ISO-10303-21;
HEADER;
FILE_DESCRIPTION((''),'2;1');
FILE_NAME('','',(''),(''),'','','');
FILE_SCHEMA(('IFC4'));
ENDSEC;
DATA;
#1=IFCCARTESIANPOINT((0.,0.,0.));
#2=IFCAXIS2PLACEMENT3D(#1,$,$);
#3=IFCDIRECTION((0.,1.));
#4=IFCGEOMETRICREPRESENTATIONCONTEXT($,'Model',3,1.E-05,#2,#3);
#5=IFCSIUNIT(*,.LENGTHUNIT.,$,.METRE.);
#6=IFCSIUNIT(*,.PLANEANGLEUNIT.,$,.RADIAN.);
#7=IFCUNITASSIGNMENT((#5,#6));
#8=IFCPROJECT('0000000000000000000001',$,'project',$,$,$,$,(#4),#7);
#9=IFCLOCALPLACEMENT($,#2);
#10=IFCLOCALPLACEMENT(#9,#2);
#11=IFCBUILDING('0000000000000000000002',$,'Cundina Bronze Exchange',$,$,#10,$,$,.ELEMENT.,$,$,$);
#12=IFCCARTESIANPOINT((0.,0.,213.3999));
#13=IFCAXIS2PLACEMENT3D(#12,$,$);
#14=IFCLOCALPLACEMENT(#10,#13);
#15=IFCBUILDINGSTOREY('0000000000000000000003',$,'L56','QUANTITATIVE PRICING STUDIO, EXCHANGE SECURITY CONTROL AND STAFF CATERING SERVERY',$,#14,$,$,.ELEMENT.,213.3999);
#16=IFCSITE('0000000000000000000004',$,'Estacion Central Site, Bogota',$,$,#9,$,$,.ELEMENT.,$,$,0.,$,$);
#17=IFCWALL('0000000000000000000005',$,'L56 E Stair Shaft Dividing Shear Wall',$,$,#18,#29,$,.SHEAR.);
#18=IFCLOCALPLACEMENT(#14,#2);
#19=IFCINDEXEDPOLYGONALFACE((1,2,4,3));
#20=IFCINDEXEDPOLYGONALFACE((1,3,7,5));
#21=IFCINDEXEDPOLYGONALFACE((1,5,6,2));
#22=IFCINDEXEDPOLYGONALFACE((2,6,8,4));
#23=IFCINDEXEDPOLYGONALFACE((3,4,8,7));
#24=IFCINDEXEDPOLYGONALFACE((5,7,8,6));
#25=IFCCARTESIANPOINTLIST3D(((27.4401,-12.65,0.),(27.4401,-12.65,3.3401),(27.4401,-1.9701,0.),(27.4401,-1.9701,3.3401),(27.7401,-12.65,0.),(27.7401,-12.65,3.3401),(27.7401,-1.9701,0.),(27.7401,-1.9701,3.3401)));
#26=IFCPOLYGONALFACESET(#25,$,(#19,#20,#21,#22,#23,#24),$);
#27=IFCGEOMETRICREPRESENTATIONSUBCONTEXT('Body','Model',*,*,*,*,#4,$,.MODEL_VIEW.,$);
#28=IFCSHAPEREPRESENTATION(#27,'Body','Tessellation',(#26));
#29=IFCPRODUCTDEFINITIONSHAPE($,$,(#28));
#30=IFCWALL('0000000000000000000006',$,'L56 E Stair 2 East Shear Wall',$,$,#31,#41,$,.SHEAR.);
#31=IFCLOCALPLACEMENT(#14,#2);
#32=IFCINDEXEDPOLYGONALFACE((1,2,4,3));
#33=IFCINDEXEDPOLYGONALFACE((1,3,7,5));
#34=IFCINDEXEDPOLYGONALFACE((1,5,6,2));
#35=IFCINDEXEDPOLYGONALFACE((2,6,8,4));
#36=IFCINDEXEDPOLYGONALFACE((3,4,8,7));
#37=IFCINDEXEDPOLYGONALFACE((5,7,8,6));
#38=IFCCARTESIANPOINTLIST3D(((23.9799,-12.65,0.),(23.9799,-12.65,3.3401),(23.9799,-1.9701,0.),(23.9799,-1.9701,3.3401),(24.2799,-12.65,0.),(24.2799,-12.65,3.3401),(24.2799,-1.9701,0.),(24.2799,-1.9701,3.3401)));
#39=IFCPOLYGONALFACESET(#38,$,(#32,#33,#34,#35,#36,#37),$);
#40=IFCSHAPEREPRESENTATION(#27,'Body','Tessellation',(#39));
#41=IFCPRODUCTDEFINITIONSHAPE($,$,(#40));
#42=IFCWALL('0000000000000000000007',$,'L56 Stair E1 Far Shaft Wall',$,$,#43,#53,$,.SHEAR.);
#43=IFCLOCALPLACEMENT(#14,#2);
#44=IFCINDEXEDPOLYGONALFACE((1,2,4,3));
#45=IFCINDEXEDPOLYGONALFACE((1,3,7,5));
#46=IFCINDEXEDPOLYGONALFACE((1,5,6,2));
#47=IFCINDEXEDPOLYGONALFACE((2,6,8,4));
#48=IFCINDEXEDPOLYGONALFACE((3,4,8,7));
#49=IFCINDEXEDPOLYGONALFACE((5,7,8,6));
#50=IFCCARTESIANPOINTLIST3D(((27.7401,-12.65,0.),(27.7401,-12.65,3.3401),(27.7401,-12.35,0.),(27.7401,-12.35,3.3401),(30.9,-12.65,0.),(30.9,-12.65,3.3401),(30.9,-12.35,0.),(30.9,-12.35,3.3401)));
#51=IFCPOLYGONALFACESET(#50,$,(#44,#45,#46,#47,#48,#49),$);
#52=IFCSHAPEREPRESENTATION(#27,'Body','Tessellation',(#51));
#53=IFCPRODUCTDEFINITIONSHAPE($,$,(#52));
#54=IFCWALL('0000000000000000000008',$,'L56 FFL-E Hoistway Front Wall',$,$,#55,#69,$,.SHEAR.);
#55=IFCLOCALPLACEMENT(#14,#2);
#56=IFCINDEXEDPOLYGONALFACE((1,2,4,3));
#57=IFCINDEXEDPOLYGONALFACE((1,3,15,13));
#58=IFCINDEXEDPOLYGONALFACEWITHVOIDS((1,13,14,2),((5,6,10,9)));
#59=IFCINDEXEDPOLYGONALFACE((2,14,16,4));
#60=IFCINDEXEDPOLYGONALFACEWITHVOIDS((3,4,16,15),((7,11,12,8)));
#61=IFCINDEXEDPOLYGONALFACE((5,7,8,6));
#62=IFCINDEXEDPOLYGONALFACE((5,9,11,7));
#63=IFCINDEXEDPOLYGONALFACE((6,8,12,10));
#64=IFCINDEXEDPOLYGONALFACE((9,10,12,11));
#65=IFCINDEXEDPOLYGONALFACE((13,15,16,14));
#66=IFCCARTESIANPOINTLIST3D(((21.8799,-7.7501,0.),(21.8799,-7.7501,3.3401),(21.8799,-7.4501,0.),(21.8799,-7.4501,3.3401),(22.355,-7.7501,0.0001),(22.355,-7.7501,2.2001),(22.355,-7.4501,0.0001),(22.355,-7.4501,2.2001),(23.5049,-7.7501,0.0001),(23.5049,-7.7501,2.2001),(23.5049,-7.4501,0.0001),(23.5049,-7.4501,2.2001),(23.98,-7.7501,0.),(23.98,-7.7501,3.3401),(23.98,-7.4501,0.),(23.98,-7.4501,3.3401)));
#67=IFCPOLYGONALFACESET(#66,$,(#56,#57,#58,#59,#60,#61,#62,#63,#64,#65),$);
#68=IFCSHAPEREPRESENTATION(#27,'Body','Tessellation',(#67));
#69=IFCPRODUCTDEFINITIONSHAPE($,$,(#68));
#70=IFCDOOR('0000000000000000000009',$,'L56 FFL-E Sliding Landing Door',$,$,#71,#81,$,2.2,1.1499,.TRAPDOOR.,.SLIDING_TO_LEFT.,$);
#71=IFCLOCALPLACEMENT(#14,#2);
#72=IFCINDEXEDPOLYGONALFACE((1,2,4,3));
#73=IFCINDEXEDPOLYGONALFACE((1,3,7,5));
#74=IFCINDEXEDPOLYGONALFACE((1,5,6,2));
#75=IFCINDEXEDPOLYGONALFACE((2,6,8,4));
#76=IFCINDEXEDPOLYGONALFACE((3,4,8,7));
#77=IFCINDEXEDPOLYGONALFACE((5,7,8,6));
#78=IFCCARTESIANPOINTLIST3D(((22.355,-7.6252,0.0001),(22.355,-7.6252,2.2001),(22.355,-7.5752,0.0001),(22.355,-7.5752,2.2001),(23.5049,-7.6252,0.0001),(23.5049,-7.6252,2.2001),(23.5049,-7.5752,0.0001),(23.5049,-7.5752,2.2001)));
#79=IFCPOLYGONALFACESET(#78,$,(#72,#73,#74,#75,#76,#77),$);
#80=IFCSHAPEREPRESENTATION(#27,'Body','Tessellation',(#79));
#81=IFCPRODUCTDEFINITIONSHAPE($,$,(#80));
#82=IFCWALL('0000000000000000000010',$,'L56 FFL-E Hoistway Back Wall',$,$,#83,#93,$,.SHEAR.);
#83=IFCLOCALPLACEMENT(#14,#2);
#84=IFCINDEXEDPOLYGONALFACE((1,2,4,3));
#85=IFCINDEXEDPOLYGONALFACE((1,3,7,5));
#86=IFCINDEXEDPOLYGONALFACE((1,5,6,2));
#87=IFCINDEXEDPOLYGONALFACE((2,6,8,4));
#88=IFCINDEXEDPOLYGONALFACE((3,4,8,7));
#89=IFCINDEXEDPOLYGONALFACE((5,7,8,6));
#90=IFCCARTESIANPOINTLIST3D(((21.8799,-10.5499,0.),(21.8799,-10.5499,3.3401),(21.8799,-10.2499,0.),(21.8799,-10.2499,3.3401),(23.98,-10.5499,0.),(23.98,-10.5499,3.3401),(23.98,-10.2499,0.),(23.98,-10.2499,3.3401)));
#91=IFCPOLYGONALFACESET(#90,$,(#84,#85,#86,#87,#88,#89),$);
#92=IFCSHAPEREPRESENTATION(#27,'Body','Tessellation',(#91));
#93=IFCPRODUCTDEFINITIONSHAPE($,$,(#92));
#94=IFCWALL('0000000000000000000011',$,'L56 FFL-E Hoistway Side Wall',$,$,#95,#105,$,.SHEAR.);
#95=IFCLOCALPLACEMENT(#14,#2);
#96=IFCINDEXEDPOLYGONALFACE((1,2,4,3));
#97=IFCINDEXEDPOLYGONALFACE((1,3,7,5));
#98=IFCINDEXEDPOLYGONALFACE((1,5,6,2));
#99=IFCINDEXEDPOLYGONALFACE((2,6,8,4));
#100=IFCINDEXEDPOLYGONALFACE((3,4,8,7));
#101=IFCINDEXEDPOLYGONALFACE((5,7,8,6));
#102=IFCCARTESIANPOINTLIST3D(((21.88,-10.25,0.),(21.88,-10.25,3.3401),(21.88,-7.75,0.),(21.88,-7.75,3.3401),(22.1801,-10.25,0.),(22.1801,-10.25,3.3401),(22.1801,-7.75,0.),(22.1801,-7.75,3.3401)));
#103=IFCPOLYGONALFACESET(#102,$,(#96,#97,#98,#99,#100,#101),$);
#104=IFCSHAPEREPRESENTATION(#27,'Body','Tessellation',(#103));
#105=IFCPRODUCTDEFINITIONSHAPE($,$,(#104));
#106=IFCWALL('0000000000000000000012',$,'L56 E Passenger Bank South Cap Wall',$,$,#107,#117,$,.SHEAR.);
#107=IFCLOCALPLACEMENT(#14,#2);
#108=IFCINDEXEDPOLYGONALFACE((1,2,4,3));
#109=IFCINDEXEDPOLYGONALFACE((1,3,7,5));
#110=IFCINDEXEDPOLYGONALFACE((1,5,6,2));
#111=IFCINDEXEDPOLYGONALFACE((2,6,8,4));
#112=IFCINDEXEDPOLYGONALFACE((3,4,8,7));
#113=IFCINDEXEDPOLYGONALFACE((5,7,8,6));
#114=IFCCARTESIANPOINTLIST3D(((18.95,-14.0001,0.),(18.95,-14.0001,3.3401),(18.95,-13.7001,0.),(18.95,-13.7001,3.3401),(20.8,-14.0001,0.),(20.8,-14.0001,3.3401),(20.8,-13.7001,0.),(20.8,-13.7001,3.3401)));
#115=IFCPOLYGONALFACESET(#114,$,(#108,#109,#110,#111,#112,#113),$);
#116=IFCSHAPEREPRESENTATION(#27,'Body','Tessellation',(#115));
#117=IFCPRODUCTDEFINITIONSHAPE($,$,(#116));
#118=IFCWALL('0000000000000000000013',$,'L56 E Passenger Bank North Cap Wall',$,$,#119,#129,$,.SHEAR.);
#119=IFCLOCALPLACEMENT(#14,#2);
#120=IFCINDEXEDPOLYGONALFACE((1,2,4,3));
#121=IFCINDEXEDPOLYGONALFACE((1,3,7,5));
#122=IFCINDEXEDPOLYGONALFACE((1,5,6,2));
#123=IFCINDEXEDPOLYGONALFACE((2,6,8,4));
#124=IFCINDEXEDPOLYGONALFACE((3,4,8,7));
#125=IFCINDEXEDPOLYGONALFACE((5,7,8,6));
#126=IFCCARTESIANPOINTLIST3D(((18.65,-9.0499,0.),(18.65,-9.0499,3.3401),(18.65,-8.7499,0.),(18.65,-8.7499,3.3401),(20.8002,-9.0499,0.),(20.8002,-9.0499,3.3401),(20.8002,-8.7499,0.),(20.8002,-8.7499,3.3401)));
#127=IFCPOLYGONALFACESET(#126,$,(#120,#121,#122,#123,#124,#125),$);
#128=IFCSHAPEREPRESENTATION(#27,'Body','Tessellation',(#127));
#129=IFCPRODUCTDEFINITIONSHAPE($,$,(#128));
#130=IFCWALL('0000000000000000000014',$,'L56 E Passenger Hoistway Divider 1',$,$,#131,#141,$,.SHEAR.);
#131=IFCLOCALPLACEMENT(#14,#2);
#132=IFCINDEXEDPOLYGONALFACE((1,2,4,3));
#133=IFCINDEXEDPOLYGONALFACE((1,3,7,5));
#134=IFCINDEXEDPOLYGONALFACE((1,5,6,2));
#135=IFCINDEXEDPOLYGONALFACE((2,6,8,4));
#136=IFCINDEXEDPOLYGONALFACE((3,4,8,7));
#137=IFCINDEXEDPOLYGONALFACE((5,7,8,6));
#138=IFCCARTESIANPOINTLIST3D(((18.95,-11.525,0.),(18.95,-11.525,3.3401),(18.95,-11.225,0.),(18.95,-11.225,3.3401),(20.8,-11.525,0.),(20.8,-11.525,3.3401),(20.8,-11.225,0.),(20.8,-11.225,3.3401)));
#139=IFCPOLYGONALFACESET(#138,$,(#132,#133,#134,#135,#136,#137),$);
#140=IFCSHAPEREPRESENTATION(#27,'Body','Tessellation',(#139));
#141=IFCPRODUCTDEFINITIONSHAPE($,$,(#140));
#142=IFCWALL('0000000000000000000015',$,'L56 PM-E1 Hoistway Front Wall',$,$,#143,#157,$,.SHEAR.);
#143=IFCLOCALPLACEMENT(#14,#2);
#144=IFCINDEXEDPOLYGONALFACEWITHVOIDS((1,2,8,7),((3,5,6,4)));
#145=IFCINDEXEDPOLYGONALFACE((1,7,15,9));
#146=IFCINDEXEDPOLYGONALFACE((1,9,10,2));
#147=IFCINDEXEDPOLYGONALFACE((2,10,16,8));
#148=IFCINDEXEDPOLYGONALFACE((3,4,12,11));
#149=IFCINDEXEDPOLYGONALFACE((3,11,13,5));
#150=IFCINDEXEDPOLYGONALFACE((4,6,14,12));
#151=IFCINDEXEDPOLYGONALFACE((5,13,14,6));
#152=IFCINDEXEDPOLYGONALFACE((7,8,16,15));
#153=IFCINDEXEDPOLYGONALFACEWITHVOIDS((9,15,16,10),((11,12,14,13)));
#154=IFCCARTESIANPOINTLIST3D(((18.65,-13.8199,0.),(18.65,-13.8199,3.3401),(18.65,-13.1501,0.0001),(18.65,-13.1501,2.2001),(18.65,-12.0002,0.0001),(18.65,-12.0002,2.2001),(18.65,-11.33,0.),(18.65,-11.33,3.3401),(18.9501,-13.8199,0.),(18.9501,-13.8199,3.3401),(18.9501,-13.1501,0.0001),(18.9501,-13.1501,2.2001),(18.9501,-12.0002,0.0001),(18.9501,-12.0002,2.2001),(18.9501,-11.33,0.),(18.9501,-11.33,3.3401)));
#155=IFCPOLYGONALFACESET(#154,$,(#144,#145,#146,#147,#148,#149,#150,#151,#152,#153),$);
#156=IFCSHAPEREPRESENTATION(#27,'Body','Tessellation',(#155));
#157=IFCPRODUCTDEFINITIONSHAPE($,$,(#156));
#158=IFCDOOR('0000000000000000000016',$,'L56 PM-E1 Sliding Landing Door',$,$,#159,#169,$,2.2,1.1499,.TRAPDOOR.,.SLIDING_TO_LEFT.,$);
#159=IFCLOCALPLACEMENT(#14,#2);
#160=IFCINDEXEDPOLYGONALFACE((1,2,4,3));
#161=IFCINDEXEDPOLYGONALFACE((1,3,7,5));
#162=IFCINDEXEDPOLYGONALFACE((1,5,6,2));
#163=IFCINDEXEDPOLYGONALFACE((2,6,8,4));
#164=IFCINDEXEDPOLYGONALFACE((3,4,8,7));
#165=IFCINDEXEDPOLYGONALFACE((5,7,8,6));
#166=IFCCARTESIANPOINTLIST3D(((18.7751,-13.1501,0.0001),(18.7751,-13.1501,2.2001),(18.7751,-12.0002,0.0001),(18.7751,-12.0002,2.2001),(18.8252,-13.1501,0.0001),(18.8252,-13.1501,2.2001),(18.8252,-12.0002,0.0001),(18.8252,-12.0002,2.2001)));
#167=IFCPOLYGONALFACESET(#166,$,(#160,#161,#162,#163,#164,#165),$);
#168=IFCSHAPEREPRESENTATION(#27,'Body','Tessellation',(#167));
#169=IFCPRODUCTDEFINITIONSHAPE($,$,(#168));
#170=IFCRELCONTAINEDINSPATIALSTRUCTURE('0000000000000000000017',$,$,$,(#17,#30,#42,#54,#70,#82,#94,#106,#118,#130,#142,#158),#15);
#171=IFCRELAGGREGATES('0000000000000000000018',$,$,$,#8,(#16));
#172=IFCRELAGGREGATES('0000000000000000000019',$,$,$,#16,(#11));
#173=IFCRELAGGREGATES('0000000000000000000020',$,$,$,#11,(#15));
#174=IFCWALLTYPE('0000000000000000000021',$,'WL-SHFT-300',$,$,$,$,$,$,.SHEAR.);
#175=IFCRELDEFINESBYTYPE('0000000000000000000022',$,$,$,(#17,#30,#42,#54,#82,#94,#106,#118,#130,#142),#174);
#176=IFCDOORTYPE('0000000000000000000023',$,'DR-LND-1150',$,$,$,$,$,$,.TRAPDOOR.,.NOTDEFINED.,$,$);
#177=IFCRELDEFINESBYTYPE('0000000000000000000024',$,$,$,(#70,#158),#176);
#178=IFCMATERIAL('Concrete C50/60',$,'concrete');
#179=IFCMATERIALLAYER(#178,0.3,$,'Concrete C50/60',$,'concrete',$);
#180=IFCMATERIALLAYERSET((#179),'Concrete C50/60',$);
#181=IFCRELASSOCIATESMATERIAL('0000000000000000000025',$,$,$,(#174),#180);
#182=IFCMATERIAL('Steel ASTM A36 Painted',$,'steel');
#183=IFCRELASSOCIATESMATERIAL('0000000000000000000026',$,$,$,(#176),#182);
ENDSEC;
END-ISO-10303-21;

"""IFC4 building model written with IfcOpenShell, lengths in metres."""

from ifc_helpers import new_model, si_unit, direction, frame, frame_2d, origin, place, context, subcontext, project, spatial, rectangle, extrude, material, layer, layer_set, type_object, element, fill, save


model = new_model("IFC4")

# Units and contexts
model_context = context("Model", 3, precision=1e-05, world=origin(), true_north=direction((0.0, 1.0)))
body_context = subcontext(model_context, "Body", "Model", "MODEL_VIEW")
ifc_project = project(units=[si_unit("LENGTHUNIT", "METRE"), si_unit("PLANEANGLEUNIT", "RADIAN")], contexts=[model_context])

# Site, building, storey
site_placement = place(None, origin())
site = spatial("IfcSite", under=ifc_project, at=site_placement, Name="Estacion Central Site, Bogota", CompositionType="ELEMENT", RefElevation=0.0)
building_placement = place(site_placement, origin())
building = spatial("IfcBuilding", under=site, at=building_placement, Name="Cundina Bronze Exchange", CompositionType="ELEMENT")
storey_placement = place(building_placement, frame((0.0, 0.0, 213.3999)))
storey = spatial("IfcBuildingStorey", under=building, at=storey_placement, Name="L56", Description="QUANTITATIVE PRICING STUDIO, EXCHANGE SECURITY CONTROL AND STAFF CATERING SERVERY", CompositionType="ELEMENT", Elevation=213.3999)

# Shared definitions
ifc_material_1 = material(Name="Concrete C50/60", Category="concrete")

# Walls
ifc_layer_1 = layer(ifc_material_1, 0.3, Name="Concrete C50/60", Category="concrete")
ifc_layer_set_1 = layer_set([ifc_layer_1], Name="Concrete C50/60")
wall_type_1 = type_object("IfcWallType", Name="WL-SHFT-300", PredefinedType="SHEAR", material=ifc_layer_set_1)
for number, where, z_axis, x_axis, name in (
    (1, (27.5901, -12.6499, 0.0), (0.0, 0.0, 1.0), (0.0, 1.0, 0.0), "L56 E Stair Shaft Dividing Shear Wall"),
    (2, (24.1299, -12.6499, 0.0), (0.0, 0.0, 1.0), (0.0, 1.0, 0.0), "L56 E Stair 2 East Shear Wall"),
):
    element("IfcWall", number, at=place(storey_placement, frame(where, z_axis=z_axis, x_axis=x_axis)), inside=storey, type_object=wall_type_1, Name=name, PredefinedType="SHEAR", context=body_context, shape_type="SweptSolid", body=[
        extrude(rectangle(XDim=10.6799, YDim=0.3, at=frame_2d((5.3398, 0.0))), origin(), (0.0, 0.0, 1.0), 3.3401),
    ])
wall_1_placement = place(storey_placement, frame((27.74, -12.5, 0.0), z_axis=(0.0, 0.0, 1.0), x_axis=(1.0, 0.0, 0.0)))
element("IfcWall", 3, at=wall_1_placement, inside=storey, type_object=wall_type_1, Name="L56 Stair E1 Far Shaft Wall", PredefinedType="SHEAR", context=body_context, shape_type="SweptSolid", body=[
    extrude(rectangle(XDim=3.1599, YDim=0.3, at=frame_2d((1.5801, 0.0))), origin(), (0.0, 0.0, 1.0), 3.3401),
])

# Wall, opening, door
ifc_material_2 = material(Name="Steel ASTM A36 Painted", Category="steel")
wall_2_placement = place(storey_placement, frame((21.8799, -7.6001, 0.0), z_axis=(0.0, 0.0, 1.0), x_axis=(1.0, 0.0, 0.0)))
wall_2 = element("IfcWall", 4, at=wall_2_placement, inside=storey, type_object=wall_type_1, Name="L56 FFL-E Hoistway Front Wall", PredefinedType="SHEAR", context=body_context, shape_type="SweptSolid", body=[
    extrude(rectangle(XDim=2.1001, YDim=0.3, at=frame_2d((1.05, 0.0))), origin(), (0.0, 0.0, 1.0), 3.3401),
])
opening_1_placement = place(wall_2_placement, frame((0.4751, 0.0, 0.0)))
opening_1 = element("IfcOpeningElement", 5, at=opening_1_placement, cuts=wall_2, PredefinedType="OPENING", context=body_context, shape_type="SweptSolid", body=[
    extrude(rectangle(XDim=1.1499, YDim=2.2, at=frame_2d((0.575, 1.1001))), frame((0.0, 0.1599, 0.0), z_axis=(0.0, -1.0, 0.0), x_axis=(1.0, 0.0, 0.0)), (0.0, 0.0, 1.0), 0.3201),
])
door_type_1 = type_object("IfcDoorType", Name="DR-LND-1150", OperationType="NOTDEFINED", PredefinedType="TRAPDOOR", material=ifc_material_2)
door_1_placement = place(opening_1_placement, origin())
door_1 = element("IfcDoor", 6, at=door_1_placement, inside=storey, type_object=door_type_1, Name="L56 FFL-E Sliding Landing Door", OperationType="SLIDING_TO_LEFT", OverallHeight=2.2, OverallWidth=1.1499, PredefinedType="TRAPDOOR", context=body_context, shape_type="SweptSolid", body=[
    extrude(rectangle(XDim=1.1499, YDim=2.2, at=frame_2d((0.575, 1.1001))), frame((0.0, 0.0249, 0.0), z_axis=(0.0, -1.0, 0.0), x_axis=(1.0, 0.0, 0.0)), (0.0, 0.0, 1.0), 0.05),
])
fill(opening_1, door_1)

# Walls
wall_3_placement = place(storey_placement, frame((21.8799, -10.3999, 0.0), z_axis=(0.0, 0.0, 1.0), x_axis=(1.0, 0.0, 0.0)))
element("IfcWall", 7, at=wall_3_placement, inside=storey, type_object=wall_type_1, Name="L56 FFL-E Hoistway Back Wall", PredefinedType="SHEAR", context=body_context, shape_type="SweptSolid", body=[
    extrude(rectangle(XDim=2.1001, YDim=0.3, at=frame_2d((1.05, 0.0))), origin(), (0.0, 0.0, 1.0), 3.3401),
])
wall_4_placement = place(storey_placement, frame((22.03, -10.25, 0.0), z_axis=(0.0, 0.0, 1.0), x_axis=(0.0, 1.0, 0.0)))
element("IfcWall", 8, at=wall_4_placement, inside=storey, type_object=wall_type_1, Name="L56 FFL-E Hoistway Side Wall", PredefinedType="SHEAR", context=body_context, shape_type="SweptSolid", body=[
    extrude(rectangle(XDim=2.5, YDim=0.3, at=frame_2d((1.25, 0.0))), origin(), (0.0, 0.0, 1.0), 3.3401),
])
wall_5_placement = place(storey_placement, frame((18.95, -13.8501, 0.0), z_axis=(0.0, 0.0, 1.0), x_axis=(1.0, 0.0, 0.0)))
element("IfcWall", 9, at=wall_5_placement, inside=storey, type_object=wall_type_1, Name="L56 E Passenger Bank South Cap Wall", PredefinedType="SHEAR", context=body_context, shape_type="SweptSolid", body=[
    extrude(rectangle(XDim=1.8501, YDim=0.3, at=frame_2d((0.925, 0.0))), origin(), (0.0, 0.0, 1.0), 3.3401),
])
wall_6_placement = place(storey_placement, frame((18.6499, -8.8999, 0.0), z_axis=(0.0, 0.0, 1.0), x_axis=(1.0, 0.0, 0.0)))
element("IfcWall", 10, at=wall_6_placement, inside=storey, type_object=wall_type_1, Name="L56 E Passenger Bank North Cap Wall", PredefinedType="SHEAR", context=body_context, shape_type="SweptSolid", body=[
    extrude(rectangle(XDim=2.1501, YDim=0.3, at=frame_2d((1.0752, 0.0))), origin(), (0.0, 0.0, 1.0), 3.3401),
])
wall_7_placement = place(storey_placement, frame((18.95, -11.375, 0.0), z_axis=(0.0, 0.0, 1.0), x_axis=(1.0, 0.0, 0.0)))
element("IfcWall", 11, at=wall_7_placement, inside=storey, type_object=wall_type_1, Name="L56 E Passenger Hoistway Divider 1", PredefinedType="SHEAR", context=body_context, shape_type="SweptSolid", body=[
    extrude(rectangle(XDim=1.8501, YDim=0.3, at=frame_2d((0.925, 0.0))), origin(), (0.0, 0.0, 1.0), 3.3401),
])

# Wall, opening, door
wall_8_placement = place(storey_placement, frame((18.8, -13.8201, 0.0), z_axis=(0.0, 0.0, 1.0), x_axis=(0.0, 1.0, 0.0)))
wall_8 = element("IfcWall", 12, at=wall_8_placement, inside=storey, type_object=wall_type_1, Name="L56 PM-E1 Hoistway Front Wall", PredefinedType="SHEAR", context=body_context, shape_type="SweptSolid", body=[
    extrude(rectangle(XDim=2.49, YDim=0.3, at=frame_2d((1.2451, 0.0))), origin(), (0.0, 0.0, 1.0), 3.3401),
])
opening_2_placement = place(wall_8_placement, frame((0.6699, 0.0, 0.0)))
opening_2 = element("IfcOpeningElement", 13, at=opening_2_placement, cuts=wall_8, PredefinedType="OPENING", context=body_context, shape_type="SweptSolid", body=[
    extrude(rectangle(XDim=1.1499, YDim=2.2, at=frame_2d((0.575, 1.1001))), frame((0.0, 0.1599, 0.0), z_axis=(0.0, -1.0, 0.0), x_axis=(1.0, 0.0, 0.0)), (0.0, 0.0, 1.0), 0.3201),
])
door_2_placement = place(opening_2_placement, origin())
door_2 = element("IfcDoor", 14, at=door_2_placement, inside=storey, type_object=door_type_1, Name="L56 PM-E1 Sliding Landing Door", OperationType="SLIDING_TO_LEFT", OverallHeight=2.2, OverallWidth=1.1499, PredefinedType="TRAPDOOR", context=body_context, shape_type="SweptSolid", body=[
    extrude(rectangle(XDim=1.1499, YDim=2.2, at=frame_2d((0.575, 1.1001))), frame((0.0, 0.0249, 0.0), z_axis=(0.0, -1.0, 0.0), x_axis=(1.0, 0.0, 0.0)), (0.0, 0.0, 1.0), 0.05),
])
fill(opening_2, door_2)

save(model, "model.ifc")
